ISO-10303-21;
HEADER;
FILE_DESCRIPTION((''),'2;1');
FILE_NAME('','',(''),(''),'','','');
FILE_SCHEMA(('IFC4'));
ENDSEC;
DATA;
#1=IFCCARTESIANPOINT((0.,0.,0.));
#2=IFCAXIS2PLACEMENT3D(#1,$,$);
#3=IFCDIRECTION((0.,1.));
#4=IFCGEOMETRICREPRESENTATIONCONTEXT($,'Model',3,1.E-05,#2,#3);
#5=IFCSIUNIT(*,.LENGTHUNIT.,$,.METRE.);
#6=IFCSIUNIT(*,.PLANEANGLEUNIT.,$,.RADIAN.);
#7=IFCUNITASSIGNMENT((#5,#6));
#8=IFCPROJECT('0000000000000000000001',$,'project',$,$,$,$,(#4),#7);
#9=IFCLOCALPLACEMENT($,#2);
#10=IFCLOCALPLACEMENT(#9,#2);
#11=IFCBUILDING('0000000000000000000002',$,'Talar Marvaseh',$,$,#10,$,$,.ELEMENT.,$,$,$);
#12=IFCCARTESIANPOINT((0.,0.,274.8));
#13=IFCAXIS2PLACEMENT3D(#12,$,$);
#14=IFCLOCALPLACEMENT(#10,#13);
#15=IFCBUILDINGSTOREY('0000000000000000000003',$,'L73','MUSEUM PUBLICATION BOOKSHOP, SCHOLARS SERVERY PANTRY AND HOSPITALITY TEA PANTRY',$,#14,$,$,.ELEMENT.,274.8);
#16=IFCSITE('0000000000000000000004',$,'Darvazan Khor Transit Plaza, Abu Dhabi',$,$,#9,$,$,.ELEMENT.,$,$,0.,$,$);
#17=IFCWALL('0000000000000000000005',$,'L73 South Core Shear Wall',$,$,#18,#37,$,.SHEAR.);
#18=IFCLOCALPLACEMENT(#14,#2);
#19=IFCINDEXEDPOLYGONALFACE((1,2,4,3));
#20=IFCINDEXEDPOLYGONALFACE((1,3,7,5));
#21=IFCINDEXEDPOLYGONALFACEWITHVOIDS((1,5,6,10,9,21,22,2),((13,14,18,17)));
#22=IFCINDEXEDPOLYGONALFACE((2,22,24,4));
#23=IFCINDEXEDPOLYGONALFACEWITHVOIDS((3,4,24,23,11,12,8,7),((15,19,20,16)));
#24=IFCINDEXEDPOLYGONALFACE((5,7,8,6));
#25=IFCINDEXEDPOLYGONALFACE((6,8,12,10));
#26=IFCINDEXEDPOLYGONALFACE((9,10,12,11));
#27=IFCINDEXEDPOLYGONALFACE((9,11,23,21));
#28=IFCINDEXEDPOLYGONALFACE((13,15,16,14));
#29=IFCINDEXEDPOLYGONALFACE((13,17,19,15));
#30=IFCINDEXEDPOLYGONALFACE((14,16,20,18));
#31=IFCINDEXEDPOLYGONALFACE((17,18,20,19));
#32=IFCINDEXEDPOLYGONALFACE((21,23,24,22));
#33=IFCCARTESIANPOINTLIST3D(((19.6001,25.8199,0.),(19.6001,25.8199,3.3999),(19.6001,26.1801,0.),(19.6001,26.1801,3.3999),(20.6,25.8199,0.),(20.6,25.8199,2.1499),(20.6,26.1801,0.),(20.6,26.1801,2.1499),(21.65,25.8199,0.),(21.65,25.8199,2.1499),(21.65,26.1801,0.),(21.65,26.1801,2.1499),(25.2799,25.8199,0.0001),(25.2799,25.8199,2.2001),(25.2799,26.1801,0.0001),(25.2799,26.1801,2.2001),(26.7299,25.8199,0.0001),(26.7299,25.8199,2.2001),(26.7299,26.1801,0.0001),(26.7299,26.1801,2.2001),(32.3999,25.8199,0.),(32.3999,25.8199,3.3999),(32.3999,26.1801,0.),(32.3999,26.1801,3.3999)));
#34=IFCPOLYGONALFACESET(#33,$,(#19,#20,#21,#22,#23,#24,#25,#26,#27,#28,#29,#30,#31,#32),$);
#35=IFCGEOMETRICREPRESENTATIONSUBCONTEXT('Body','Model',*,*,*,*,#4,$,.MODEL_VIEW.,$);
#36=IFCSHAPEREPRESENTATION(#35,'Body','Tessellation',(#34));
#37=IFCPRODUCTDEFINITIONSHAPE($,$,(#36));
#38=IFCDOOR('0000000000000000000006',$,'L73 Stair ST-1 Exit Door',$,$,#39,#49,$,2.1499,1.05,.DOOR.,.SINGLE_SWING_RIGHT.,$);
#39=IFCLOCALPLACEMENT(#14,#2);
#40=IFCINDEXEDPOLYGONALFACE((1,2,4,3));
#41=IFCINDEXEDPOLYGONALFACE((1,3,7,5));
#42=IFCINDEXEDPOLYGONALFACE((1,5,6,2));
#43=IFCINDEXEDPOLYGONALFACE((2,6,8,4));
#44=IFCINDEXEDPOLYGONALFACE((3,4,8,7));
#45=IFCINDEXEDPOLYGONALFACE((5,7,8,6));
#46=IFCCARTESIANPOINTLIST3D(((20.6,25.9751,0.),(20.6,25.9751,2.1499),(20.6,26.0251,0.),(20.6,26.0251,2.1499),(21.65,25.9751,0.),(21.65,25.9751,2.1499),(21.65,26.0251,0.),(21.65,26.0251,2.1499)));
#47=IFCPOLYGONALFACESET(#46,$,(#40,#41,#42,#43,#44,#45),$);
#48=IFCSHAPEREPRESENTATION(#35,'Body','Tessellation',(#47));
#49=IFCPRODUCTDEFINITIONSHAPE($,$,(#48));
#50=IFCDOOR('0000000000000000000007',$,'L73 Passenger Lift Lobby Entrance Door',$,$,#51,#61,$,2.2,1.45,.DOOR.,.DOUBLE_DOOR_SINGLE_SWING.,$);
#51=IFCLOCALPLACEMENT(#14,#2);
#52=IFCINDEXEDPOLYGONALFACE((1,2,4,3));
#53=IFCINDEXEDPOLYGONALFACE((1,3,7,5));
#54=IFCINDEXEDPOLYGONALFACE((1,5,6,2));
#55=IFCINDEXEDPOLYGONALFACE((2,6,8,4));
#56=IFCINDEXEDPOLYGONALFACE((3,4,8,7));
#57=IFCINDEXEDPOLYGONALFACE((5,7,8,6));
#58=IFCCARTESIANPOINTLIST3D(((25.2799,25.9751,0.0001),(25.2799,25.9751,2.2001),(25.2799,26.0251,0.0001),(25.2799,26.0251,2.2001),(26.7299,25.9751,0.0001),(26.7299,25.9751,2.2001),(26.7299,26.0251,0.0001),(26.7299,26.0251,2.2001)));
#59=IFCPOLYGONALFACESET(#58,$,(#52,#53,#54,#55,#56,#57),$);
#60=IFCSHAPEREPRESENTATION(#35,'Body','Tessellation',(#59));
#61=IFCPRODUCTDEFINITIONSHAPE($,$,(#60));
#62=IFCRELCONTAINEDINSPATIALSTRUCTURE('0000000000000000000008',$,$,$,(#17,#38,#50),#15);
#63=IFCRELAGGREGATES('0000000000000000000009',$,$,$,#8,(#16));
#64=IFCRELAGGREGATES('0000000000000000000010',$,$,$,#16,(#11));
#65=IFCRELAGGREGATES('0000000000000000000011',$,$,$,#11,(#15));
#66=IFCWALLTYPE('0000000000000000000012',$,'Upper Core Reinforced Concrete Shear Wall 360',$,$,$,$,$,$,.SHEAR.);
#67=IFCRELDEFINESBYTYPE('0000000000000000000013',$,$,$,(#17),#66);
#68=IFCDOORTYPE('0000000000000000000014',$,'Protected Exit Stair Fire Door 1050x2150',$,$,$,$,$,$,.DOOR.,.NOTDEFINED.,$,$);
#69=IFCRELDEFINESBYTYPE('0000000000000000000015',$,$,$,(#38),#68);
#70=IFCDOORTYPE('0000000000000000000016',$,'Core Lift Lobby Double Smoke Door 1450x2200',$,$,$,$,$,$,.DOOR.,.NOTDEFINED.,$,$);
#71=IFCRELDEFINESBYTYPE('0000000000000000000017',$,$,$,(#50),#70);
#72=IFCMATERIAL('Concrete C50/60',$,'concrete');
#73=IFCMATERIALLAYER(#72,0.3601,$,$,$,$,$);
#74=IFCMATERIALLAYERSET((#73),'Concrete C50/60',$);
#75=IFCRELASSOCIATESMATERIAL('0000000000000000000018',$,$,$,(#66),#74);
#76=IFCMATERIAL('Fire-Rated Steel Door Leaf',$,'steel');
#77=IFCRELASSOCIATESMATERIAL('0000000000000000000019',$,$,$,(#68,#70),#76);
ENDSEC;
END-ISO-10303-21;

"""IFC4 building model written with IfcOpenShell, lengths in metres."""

from ifc_helpers import new_model, si_unit, direction, frame, frame_2d, origin, place, context, subcontext, project, spatial, rectangle, extrude, source, transform, mapped, material, layer, layer_set, type_object, type_shapes, element, fill, save


model = new_model("IFC4")

# Units and contexts
model_context = context("Model", 3, precision=1e-05, world=origin(), true_north=direction((0.0, 1.0)))
body_context = subcontext(model_context, "Body", "Model", "MODEL_VIEW")
ifc_project = project(units=[si_unit("LENGTHUNIT", "METRE"), si_unit("PLANEANGLEUNIT", "RADIAN")], contexts=[model_context])

# Site, building, storey
site_placement = place(None, origin())
site = spatial("IfcSite", under=ifc_project, at=site_placement, Name="Darvazan Khor Transit Plaza, Abu Dhabi", CompositionType="ELEMENT", RefElevation=0.0)
building_placement = place(site_placement, origin())
building = spatial("IfcBuilding", under=site, at=building_placement, Name="Talar Marvaseh", CompositionType="ELEMENT")
storey_placement = place(building_placement, frame((0.0, 0.0, 274.8)))
storey = spatial("IfcBuildingStorey", under=building, at=storey_placement, Name="L73", Description="MUSEUM PUBLICATION BOOKSHOP, SCHOLARS SERVERY PANTRY AND HOSPITALITY TEA PANTRY", CompositionType="ELEMENT", Elevation=274.8)

# Shared definitions
ifc_material_1 = material(Name="Concrete C50/60", Category="concrete")

# Wall, openings, doors
ifc_layer_1 = layer(ifc_material_1, 0.3601)
ifc_layer_set_1 = layer_set([ifc_layer_1], Name="Concrete C50/60")
wall_type_1 = type_object("IfcWallType", Name="Upper Core Reinforced Concrete Shear Wall 360", PredefinedType="SHEAR", material=ifc_layer_set_1)
wall_1_placement = place(storey_placement, frame((32.3999, 26.0, 0.0), z_axis=(0.0, 0.0, 1.0), x_axis=(-1.0, 0.0, 0.0)))
wall_1 = element("IfcWall", 1, at=wall_1_placement, inside=storey, type_object=wall_type_1, Name="L73 South Core Shear Wall", PredefinedType="SHEAR", context=body_context, shape_type="SweptSolid", body=[
    extrude(rectangle(XDim=12.7998, YDim=0.3601, at=frame_2d((6.3999, 0.0))), origin(), (0.0, 0.0, 1.0), 3.3999),
])
opening_1_placement = place(wall_1_placement, frame((10.75, 0.0, 0.0)))
opening_1 = element("IfcOpeningElement", 2, at=opening_1_placement, cuts=wall_1, PredefinedType="OPENING", context=body_context, shape_type="SweptSolid", body=[
    extrude(rectangle(XDim=1.05, YDim=2.1499, at=frame_2d((0.5249, 1.075))), frame((0.0, 0.1899, 0.0), z_axis=(0.0, -1.0, 0.0), x_axis=(1.0, 0.0, 0.0)), (0.0, 0.0, 1.0), 0.3801),
])
opening_2_placement = place(wall_1_placement, frame((5.6699, 0.0, 0.0)))
opening_2 = element("IfcOpeningElement", 3, at=opening_2_placement, cuts=wall_1, PredefinedType="OPENING", context=body_context, shape_type="SweptSolid", body=[
    extrude(rectangle(XDim=1.45, YDim=2.2, at=frame_2d((0.7251, 1.1001))), frame((0.0, 0.1899, 0.0), z_axis=(0.0, -1.0, 0.0), x_axis=(1.0, 0.0, 0.0)), (0.0, 0.0, 1.0), 0.3801),
])
ifc_material_2 = material(Name="Fire-Rated Steel Door Leaf", Category="steel")
door_type_1 = type_object("IfcDoorType", Name="Protected Exit Stair Fire Door 1050x2150", OperationType="NOTDEFINED", PredefinedType="DOOR", material=ifc_material_2)
shared_shape_1 = source(origin(), body_context, "Body", "SweptSolid", [
    extrude(rectangle(XDim=1.05, YDim=2.1499, at=frame_2d((0.5249, 1.075))), frame((0.0, 0.0249, 0.0), z_axis=(0.0, -1.0, 0.0), x_axis=(1.0, 0.0, 0.0)), (0.0, 0.0, 1.0), 0.05),
])
type_shapes(door_type_1, [shared_shape_1])
door_1_placement = place(opening_1_placement, origin())
door_1 = element("IfcDoor", 4, at=door_1_placement, inside=storey, type_object=door_type_1, Name="L73 Stair ST-1 Exit Door", OperationType="SINGLE_SWING_RIGHT", OverallHeight=2.1499, OverallWidth=1.05, PredefinedType="DOOR", context=body_context, shape_type="MappedRepresentation", body=[
    mapped(shared_shape_1, transform((0.0, 0.0, 0.0), x_axis=(1.0, 0.0, 0.0), y_axis=(0.0, 1.0, 0.0), z_axis=(0.0, 0.0, 1.0), scale=1.0)),
])
fill(opening_1, door_1)
door_type_2 = type_object("IfcDoorType", Name="Core Lift Lobby Double Smoke Door 1450x2200", OperationType="NOTDEFINED", PredefinedType="DOOR", material=ifc_material_2)
shared_shape_2 = source(origin(), body_context, "Body", "SweptSolid", [
    extrude(rectangle(XDim=1.45, YDim=2.2, at=frame_2d((0.7251, 1.1001))), frame((0.0, 0.0249, 0.0), z_axis=(0.0, -1.0, 0.0), x_axis=(1.0, 0.0, 0.0)), (0.0, 0.0, 1.0), 0.05),
])
type_shapes(door_type_2, [shared_shape_2])
door_2_placement = place(opening_2_placement, origin())
door_2 = element("IfcDoor", 5, at=door_2_placement, inside=storey, type_object=door_type_2, Name="L73 Passenger Lift Lobby Entrance Door", OperationType="DOUBLE_DOOR_SINGLE_SWING", OverallHeight=2.2, OverallWidth=1.45, PredefinedType="DOOR", context=body_context, shape_type="MappedRepresentation", body=[
    mapped(shared_shape_2, transform((0.0, 0.0, 0.0), x_axis=(1.0, 0.0, 0.0), y_axis=(0.0, 1.0, 0.0), z_axis=(0.0, 0.0, 1.0), scale=1.0)),
])
fill(opening_2, door_2)

save(model, "model.ifc")
